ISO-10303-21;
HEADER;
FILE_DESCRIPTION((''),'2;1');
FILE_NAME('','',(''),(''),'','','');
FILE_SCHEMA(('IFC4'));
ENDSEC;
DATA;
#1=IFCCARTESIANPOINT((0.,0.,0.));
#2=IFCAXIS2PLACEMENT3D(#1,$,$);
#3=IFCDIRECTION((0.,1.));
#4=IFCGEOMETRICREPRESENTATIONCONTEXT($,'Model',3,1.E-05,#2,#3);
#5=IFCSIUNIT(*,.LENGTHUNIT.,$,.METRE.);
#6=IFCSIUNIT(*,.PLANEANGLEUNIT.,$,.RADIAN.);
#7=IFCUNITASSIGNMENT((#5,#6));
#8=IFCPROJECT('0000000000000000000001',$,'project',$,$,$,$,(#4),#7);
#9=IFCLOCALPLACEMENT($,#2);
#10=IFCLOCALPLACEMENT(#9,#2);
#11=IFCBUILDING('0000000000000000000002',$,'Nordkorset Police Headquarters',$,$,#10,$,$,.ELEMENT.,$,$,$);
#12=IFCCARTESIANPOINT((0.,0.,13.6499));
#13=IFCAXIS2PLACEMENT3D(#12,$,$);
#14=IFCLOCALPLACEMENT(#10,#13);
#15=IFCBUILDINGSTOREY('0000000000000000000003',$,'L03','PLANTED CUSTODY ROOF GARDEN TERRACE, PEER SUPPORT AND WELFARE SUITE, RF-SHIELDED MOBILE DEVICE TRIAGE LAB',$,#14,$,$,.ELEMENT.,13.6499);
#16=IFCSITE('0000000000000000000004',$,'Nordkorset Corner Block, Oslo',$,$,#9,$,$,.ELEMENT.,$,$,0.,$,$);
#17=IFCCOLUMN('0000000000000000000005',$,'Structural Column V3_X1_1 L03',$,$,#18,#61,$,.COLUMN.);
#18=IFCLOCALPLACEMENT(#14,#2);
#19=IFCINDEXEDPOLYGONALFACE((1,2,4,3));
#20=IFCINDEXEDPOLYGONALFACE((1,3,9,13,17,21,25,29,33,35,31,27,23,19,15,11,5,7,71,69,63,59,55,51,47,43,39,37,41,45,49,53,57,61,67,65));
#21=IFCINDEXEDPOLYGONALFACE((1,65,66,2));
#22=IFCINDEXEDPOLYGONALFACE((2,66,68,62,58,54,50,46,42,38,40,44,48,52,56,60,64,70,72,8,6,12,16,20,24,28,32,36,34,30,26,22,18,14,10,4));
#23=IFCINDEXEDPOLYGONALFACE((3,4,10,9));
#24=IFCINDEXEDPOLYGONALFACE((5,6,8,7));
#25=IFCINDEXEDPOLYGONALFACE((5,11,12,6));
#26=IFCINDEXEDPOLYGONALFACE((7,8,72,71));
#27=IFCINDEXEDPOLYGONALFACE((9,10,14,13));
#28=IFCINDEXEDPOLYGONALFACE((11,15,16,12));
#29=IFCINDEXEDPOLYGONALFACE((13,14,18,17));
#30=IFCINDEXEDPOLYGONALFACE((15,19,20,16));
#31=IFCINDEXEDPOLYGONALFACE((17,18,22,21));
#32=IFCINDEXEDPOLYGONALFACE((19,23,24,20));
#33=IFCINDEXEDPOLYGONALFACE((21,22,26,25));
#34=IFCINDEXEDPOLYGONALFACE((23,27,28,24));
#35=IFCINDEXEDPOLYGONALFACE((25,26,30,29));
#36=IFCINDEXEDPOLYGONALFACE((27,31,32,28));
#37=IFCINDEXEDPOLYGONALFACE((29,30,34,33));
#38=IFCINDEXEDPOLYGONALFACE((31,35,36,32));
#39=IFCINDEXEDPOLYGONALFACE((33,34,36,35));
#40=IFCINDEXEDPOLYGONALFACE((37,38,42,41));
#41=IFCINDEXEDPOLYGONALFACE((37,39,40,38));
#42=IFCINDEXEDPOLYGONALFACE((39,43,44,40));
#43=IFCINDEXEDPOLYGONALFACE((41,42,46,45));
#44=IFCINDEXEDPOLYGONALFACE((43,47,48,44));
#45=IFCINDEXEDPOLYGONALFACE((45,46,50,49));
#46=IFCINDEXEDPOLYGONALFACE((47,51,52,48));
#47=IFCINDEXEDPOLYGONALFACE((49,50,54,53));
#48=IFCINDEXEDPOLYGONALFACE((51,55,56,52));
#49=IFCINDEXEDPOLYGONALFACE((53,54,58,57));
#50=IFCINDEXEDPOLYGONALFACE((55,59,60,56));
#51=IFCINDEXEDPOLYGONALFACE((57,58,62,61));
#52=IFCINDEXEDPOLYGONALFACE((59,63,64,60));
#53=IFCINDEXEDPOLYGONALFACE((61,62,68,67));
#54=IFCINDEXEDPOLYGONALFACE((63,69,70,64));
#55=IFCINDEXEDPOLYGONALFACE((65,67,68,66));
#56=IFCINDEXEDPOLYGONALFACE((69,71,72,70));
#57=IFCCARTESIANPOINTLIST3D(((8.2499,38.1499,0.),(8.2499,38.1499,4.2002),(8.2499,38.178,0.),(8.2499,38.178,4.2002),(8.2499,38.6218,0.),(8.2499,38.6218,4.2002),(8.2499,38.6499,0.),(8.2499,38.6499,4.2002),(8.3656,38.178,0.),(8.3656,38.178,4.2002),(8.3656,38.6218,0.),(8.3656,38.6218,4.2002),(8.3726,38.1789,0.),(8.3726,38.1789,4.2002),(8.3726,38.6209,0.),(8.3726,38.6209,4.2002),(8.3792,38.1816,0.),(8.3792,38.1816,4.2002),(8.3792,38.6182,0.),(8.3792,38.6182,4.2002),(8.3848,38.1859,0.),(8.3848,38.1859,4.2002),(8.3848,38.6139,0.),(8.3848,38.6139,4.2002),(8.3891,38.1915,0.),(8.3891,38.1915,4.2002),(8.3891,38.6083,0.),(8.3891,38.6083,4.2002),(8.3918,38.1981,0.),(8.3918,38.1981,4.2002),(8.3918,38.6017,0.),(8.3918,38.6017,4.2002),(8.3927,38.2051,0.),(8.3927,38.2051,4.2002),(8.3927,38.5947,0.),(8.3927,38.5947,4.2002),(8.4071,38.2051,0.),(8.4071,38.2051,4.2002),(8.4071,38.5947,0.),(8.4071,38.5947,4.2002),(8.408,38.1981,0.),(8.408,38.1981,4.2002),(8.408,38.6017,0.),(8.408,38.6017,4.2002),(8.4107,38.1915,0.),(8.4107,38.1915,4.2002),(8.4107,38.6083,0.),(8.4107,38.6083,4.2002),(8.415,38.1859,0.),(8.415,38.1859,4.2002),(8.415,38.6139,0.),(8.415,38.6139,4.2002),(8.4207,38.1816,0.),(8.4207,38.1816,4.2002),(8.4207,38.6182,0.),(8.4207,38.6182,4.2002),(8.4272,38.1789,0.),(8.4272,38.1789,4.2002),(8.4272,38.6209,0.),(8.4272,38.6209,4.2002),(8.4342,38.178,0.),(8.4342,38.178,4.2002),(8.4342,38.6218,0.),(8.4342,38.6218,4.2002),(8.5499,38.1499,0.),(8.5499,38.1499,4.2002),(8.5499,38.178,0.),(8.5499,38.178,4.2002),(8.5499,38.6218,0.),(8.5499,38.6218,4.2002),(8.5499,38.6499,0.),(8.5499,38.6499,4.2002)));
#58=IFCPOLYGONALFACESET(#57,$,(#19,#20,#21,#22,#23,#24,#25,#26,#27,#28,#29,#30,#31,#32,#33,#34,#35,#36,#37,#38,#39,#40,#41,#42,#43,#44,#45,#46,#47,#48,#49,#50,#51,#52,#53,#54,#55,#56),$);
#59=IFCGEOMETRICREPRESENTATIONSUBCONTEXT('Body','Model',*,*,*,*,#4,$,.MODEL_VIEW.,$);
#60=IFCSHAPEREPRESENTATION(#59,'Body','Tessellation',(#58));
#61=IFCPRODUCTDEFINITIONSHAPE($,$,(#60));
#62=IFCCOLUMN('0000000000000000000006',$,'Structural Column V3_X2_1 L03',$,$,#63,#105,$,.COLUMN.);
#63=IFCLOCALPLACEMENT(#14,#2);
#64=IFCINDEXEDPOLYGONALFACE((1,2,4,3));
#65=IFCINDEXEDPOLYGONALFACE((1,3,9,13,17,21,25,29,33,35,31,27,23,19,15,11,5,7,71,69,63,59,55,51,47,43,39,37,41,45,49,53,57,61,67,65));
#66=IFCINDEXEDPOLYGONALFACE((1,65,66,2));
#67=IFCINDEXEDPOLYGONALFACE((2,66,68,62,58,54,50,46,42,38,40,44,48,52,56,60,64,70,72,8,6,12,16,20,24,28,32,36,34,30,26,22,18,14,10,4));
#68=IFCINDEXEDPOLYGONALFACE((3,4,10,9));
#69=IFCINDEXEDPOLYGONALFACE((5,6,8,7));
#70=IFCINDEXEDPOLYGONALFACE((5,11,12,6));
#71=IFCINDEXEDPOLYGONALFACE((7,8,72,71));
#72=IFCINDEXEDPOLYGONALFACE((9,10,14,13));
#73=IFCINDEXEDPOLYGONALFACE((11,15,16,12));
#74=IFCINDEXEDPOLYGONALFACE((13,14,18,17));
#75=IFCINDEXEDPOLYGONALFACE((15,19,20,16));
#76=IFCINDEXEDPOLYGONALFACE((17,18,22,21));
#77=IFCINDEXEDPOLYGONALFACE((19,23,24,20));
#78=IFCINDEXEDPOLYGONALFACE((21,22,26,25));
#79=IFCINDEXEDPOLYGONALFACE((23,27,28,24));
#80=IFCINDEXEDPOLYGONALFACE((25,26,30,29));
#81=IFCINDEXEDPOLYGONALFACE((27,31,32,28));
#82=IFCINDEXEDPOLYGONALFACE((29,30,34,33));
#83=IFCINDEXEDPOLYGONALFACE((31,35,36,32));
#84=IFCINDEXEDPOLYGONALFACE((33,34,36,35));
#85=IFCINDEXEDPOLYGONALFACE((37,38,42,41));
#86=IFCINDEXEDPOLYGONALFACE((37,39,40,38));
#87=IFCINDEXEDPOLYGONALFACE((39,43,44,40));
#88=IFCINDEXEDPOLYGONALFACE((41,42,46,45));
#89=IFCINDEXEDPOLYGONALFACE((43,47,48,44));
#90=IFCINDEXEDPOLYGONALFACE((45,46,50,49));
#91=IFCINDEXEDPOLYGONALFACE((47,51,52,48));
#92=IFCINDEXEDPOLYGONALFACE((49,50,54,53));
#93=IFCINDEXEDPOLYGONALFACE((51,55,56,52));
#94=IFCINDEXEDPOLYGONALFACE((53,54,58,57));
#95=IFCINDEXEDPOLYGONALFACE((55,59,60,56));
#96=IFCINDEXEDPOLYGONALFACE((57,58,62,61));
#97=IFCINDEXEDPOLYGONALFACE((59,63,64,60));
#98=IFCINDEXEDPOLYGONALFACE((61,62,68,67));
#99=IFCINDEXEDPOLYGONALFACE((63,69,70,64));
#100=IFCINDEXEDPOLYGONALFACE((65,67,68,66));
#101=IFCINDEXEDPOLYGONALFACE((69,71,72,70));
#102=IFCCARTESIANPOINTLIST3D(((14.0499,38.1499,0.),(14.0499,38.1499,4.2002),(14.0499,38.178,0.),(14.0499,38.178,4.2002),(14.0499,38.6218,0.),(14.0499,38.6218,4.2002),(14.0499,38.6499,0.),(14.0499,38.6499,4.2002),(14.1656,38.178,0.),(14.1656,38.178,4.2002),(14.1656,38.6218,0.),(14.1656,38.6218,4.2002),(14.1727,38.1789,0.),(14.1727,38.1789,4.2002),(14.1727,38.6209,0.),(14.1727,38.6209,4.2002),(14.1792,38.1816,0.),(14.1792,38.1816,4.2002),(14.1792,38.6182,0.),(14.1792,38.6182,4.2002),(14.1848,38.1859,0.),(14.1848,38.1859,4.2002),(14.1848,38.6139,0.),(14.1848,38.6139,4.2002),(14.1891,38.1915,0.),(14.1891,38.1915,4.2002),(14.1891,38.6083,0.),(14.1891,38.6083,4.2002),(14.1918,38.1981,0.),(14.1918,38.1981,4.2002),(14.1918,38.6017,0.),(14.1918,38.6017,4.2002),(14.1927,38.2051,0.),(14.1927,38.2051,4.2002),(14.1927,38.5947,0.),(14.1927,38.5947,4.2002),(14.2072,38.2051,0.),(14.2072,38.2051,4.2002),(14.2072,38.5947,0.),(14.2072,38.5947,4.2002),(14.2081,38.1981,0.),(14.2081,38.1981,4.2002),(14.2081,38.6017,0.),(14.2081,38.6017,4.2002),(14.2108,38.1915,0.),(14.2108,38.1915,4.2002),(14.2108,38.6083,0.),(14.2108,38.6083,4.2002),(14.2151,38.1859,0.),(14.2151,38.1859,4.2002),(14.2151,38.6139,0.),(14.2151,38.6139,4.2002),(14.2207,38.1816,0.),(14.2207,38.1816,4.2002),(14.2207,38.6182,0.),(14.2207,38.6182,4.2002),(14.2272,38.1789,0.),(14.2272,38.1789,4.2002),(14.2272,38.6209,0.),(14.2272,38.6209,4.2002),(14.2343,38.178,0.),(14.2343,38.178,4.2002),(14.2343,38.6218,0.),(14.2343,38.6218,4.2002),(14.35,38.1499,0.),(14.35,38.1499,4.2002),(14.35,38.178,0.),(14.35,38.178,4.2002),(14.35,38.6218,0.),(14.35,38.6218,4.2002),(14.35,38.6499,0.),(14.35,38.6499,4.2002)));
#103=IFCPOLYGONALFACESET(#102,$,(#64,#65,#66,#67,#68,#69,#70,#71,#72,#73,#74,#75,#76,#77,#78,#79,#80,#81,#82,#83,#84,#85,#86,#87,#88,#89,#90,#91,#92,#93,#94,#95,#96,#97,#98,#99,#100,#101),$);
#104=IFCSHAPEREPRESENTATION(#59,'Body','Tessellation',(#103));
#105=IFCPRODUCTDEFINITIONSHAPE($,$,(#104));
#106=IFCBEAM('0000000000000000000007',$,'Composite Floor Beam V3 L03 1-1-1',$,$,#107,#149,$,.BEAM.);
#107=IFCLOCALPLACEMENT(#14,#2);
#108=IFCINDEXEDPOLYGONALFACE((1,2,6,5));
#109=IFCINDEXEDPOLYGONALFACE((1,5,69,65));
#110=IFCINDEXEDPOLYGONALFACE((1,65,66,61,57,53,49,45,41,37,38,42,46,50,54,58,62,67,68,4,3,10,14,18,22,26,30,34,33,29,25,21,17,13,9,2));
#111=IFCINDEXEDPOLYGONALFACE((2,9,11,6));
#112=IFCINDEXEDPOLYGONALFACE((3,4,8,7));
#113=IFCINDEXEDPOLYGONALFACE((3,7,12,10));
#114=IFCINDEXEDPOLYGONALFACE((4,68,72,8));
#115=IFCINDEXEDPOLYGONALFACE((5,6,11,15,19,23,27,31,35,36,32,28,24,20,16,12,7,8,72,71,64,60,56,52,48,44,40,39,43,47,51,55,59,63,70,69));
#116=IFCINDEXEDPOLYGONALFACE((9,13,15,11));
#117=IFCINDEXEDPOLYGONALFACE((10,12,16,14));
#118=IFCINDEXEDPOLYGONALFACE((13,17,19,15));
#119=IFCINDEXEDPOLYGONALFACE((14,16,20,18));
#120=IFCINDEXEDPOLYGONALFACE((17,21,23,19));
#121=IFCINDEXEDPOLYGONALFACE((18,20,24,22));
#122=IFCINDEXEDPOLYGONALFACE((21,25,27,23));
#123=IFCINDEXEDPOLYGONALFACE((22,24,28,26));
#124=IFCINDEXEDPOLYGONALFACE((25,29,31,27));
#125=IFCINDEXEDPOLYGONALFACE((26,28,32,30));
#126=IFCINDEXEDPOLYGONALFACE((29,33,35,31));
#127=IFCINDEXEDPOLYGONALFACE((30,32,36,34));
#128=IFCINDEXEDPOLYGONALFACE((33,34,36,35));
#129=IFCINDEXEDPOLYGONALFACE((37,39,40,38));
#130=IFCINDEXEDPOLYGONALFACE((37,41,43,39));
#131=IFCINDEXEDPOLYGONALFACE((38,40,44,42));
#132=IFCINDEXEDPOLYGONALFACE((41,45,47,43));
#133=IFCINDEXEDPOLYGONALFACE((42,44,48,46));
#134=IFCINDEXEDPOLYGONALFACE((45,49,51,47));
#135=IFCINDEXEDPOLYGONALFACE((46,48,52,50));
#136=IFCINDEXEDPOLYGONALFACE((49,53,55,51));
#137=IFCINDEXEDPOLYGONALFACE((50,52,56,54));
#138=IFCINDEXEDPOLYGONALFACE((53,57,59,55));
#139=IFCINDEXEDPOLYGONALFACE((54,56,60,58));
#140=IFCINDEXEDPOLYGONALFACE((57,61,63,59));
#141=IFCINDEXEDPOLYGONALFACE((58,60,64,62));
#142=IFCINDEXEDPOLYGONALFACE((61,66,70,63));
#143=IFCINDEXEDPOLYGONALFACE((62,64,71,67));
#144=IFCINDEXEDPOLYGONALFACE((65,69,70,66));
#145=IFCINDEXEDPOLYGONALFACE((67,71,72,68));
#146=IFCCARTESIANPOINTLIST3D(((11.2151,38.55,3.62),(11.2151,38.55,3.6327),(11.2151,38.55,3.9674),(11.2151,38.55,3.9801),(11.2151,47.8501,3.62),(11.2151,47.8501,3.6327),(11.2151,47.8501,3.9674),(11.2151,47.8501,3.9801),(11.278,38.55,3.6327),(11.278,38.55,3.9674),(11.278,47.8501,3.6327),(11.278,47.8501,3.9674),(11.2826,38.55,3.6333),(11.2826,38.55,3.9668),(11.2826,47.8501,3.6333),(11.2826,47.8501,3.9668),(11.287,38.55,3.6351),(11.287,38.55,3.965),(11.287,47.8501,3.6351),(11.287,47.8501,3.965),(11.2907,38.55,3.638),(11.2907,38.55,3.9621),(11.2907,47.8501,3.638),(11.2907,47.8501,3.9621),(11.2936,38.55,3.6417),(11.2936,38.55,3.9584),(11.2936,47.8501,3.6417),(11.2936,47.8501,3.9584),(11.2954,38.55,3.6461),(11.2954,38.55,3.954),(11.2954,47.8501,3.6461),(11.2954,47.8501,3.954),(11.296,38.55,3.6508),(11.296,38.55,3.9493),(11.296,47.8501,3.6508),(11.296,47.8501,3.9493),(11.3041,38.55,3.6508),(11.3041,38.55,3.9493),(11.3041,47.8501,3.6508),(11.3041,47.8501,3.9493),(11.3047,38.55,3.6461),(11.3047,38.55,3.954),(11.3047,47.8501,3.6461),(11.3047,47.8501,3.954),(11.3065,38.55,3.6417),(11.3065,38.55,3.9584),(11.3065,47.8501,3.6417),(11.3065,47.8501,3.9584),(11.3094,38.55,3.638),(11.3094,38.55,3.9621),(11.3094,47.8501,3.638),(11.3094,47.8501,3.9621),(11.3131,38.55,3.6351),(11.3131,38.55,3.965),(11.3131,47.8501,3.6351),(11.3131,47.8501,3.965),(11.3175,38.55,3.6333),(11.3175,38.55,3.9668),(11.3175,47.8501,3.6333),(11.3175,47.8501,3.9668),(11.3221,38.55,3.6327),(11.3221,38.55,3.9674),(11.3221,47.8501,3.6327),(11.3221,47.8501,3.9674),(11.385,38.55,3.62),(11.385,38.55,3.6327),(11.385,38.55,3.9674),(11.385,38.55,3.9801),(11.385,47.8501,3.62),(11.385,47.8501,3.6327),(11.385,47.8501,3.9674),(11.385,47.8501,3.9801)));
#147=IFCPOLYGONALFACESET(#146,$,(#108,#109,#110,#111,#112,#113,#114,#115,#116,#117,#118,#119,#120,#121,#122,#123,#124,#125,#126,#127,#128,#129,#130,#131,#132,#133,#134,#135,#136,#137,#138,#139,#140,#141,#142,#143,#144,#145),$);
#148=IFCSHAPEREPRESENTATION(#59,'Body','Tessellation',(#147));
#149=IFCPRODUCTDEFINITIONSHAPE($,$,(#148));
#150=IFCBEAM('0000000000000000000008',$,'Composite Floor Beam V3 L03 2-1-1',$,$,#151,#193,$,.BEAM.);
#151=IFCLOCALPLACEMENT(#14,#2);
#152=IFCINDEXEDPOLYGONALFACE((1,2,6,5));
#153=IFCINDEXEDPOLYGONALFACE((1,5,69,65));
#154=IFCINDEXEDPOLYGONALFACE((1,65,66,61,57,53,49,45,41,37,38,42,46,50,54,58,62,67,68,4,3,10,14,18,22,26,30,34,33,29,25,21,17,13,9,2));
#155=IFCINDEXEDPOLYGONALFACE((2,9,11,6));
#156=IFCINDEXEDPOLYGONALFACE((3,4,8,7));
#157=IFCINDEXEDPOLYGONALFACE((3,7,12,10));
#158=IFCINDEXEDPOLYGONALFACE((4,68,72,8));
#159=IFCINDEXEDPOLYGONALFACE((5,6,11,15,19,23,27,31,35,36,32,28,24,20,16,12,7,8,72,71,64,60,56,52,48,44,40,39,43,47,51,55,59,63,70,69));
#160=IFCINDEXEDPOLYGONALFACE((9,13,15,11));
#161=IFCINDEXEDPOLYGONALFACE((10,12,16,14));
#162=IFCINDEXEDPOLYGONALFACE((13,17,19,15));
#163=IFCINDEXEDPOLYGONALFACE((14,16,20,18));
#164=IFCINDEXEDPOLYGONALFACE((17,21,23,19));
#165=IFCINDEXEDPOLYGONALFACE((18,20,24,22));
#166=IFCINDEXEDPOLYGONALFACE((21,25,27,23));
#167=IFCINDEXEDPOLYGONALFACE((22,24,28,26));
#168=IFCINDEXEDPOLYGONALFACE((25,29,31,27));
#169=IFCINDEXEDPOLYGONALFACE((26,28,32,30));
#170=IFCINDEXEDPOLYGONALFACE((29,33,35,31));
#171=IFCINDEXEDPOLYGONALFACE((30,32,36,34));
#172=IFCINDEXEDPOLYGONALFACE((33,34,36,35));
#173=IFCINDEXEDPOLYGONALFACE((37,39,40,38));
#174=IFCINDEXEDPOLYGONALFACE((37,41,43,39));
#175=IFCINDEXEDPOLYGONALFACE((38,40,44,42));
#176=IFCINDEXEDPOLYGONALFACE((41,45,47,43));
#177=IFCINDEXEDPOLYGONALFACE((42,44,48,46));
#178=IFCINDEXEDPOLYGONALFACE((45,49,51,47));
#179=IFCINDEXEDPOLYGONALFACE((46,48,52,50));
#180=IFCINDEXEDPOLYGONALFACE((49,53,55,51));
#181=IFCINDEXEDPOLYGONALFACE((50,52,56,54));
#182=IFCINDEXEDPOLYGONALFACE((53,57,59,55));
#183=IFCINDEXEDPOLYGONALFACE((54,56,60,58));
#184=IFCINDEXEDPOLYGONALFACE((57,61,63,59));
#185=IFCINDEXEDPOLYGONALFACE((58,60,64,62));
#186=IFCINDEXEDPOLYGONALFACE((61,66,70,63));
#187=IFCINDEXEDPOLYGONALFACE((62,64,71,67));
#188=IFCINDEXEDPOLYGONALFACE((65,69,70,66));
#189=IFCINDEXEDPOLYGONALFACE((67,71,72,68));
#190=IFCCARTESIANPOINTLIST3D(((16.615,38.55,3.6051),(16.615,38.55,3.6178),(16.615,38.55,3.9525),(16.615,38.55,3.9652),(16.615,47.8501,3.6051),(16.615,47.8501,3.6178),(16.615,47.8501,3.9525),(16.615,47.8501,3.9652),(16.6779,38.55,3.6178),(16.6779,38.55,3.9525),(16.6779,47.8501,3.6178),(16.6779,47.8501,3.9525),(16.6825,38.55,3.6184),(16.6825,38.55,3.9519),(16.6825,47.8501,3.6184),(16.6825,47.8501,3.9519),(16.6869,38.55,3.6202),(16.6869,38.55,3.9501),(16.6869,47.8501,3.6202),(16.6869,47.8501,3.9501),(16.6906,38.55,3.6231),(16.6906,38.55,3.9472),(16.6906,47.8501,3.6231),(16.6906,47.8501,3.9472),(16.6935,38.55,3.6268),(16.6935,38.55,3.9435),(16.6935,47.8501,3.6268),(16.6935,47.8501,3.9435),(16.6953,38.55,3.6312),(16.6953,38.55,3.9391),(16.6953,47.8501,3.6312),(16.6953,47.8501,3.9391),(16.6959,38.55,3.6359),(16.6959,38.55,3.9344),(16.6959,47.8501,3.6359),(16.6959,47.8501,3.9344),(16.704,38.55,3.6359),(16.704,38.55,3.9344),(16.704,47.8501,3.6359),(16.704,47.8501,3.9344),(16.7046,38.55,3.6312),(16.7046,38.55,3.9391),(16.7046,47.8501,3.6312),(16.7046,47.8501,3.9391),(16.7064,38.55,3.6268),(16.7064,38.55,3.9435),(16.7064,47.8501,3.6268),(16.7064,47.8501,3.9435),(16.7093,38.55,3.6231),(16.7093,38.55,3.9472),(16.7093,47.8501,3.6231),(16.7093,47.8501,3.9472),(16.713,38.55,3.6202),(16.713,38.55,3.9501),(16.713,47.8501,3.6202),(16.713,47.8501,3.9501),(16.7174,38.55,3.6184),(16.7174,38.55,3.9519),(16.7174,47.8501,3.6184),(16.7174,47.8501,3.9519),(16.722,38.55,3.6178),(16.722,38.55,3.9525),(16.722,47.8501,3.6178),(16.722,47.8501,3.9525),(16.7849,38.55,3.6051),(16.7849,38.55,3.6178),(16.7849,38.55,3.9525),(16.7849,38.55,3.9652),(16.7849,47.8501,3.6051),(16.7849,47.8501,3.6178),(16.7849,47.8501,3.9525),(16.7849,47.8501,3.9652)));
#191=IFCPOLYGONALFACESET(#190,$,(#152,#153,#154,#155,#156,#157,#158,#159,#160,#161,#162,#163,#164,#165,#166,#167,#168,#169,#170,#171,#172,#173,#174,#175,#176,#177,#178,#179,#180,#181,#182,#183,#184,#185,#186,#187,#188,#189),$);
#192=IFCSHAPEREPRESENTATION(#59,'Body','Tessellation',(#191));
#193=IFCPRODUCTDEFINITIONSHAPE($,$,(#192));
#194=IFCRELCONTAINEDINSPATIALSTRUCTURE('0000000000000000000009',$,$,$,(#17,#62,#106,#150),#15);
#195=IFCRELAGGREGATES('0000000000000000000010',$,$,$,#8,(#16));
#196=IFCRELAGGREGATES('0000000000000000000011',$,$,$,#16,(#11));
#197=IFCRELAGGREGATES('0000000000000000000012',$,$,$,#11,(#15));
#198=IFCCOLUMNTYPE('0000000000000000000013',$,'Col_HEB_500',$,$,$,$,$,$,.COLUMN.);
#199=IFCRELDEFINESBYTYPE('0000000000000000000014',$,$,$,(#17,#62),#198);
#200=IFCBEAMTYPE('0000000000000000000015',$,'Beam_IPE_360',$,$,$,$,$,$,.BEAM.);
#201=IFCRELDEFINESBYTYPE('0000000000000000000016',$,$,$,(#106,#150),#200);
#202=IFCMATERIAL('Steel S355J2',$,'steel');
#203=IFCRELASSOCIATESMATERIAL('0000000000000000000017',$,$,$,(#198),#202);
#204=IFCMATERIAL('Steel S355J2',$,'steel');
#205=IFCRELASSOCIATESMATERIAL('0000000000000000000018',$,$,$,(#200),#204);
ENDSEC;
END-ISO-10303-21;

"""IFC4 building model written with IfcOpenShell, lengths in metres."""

from ifc_helpers import new_model, si_unit, direction, frame, origin, origin_2d, place, context, subcontext, project, spatial, i_section, extrude, material, material_profile, profile_set, type_object, element, save


model = new_model("IFC4")

# Units and contexts
model_context = context("Model", 3, precision=1e-05, world=origin(), true_north=direction((0.0, 1.0)))
body_context = subcontext(model_context, "Body", "Model", "MODEL_VIEW")
ifc_project = project(units=[si_unit("LENGTHUNIT", "METRE"), si_unit("PLANEANGLEUNIT", "RADIAN")], contexts=[model_context])

# Site, building, storey
site_placement = place(None, origin())
site = spatial("IfcSite", under=ifc_project, at=site_placement, Name="Nordkorset Corner Block, Oslo", CompositionType="ELEMENT", RefElevation=0.0)
building_placement = place(site_placement, origin())
building = spatial("IfcBuilding", under=site, at=building_placement, Name="Nordkorset Police Headquarters", CompositionType="ELEMENT")
storey_placement = place(building_placement, frame((0.0, 0.0, 13.6499)))
storey = spatial("IfcBuildingStorey", under=building, at=storey_placement, Name="L03", Description="PLANTED CUSTODY ROOF GARDEN TERRACE, PEER SUPPORT AND WELFARE SUITE, RF-SHIELDED MOBILE DEVICE TRIAGE LAB", CompositionType="ELEMENT", Elevation=13.6499)

# Columns
ifc_material_1 = material(Name="Steel S355J2", Category="steel")
ifc_material_profile_1 = material_profile(ifc_material_1, i_section(OverallWidth=0.3, OverallDepth=0.5, WebThickness=0.0144, FlangeThickness=0.0281, FilletRadius=0.0271, at=origin_2d()), Name="HEB 500")
ifc_profile_set_1 = profile_set([ifc_material_profile_1], Name="Steel S355J2")
column_type = type_object("IfcColumnType", Name="Col_HEB_500", PredefinedType="COLUMN", material=ifc_profile_set_1)
for number, where, z_axis, x_axis, name in (
    (1, (8.3999, 38.3999, 0.0), (0.0, 0.0, 1.0), (1.0, 0.0, 0.0), "Structural Column V3_X1_1 L03"),
    (2, (14.2, 38.3999, 0.0), (0.0, 0.0, 1.0), (1.0, 0.0, 0.0), "Structural Column V3_X2_1 L03"),
):
    element("IfcColumn", number, at=place(storey_placement, frame(where, z_axis=z_axis, x_axis=x_axis)), inside=storey, type_object=column_type, Name=name, PredefinedType="COLUMN", context=body_context, shape_type="SweptSolid", body=[
        extrude(i_section(OverallWidth=0.3, OverallDepth=0.5, WebThickness=0.0144, FlangeThickness=0.0281, FilletRadius=0.0271, at=origin_2d()), origin(), (0.0, 0.0, 1.0), 4.2002),
    ])

# Beams
ifc_material_2 = material(Name="Steel S355J2", Category="steel")
ifc_material_profile_2 = material_profile(ifc_material_2, i_section(OverallWidth=0.1699, OverallDepth=0.3601, WebThickness=0.0081, FlangeThickness=0.0127, FilletRadius=0.0181, at=origin_2d()), Name="IPE 360")
ifc_profile_set_2 = profile_set([ifc_material_profile_2], Name="Steel S355J2")
beam_type_1 = type_object("IfcBeamType", Name="Beam_IPE_360", PredefinedType="BEAM", material=ifc_profile_set_2)
for number, where, z_axis, x_axis, name in (
    (3, (11.3, 38.55, 3.8), (0.0, 1.0, 0.0), (-1.0, 0.0, 0.0), "Composite Floor Beam V3 L03 1-1-1"),
    (4, (16.7, 38.55, 3.7852), (0.0, 1.0, 0.0), (-1.0, 0.0, 0.0), "Composite Floor Beam V3 L03 2-1-1"),
):
    element("IfcBeam", number, at=place(storey_placement, frame(where, z_axis=z_axis, x_axis=x_axis)), inside=storey, type_object=beam_type_1, Name=name, PredefinedType="BEAM", context=body_context, shape_type="SweptSolid", body=[
        extrude(i_section(OverallWidth=0.1699, OverallDepth=0.3601, WebThickness=0.0081, FlangeThickness=0.0127, FilletRadius=0.0181, at=origin_2d()), origin(), (0.0, 0.0, 1.0), 9.3),
    ])

save(model, "model.ifc")
